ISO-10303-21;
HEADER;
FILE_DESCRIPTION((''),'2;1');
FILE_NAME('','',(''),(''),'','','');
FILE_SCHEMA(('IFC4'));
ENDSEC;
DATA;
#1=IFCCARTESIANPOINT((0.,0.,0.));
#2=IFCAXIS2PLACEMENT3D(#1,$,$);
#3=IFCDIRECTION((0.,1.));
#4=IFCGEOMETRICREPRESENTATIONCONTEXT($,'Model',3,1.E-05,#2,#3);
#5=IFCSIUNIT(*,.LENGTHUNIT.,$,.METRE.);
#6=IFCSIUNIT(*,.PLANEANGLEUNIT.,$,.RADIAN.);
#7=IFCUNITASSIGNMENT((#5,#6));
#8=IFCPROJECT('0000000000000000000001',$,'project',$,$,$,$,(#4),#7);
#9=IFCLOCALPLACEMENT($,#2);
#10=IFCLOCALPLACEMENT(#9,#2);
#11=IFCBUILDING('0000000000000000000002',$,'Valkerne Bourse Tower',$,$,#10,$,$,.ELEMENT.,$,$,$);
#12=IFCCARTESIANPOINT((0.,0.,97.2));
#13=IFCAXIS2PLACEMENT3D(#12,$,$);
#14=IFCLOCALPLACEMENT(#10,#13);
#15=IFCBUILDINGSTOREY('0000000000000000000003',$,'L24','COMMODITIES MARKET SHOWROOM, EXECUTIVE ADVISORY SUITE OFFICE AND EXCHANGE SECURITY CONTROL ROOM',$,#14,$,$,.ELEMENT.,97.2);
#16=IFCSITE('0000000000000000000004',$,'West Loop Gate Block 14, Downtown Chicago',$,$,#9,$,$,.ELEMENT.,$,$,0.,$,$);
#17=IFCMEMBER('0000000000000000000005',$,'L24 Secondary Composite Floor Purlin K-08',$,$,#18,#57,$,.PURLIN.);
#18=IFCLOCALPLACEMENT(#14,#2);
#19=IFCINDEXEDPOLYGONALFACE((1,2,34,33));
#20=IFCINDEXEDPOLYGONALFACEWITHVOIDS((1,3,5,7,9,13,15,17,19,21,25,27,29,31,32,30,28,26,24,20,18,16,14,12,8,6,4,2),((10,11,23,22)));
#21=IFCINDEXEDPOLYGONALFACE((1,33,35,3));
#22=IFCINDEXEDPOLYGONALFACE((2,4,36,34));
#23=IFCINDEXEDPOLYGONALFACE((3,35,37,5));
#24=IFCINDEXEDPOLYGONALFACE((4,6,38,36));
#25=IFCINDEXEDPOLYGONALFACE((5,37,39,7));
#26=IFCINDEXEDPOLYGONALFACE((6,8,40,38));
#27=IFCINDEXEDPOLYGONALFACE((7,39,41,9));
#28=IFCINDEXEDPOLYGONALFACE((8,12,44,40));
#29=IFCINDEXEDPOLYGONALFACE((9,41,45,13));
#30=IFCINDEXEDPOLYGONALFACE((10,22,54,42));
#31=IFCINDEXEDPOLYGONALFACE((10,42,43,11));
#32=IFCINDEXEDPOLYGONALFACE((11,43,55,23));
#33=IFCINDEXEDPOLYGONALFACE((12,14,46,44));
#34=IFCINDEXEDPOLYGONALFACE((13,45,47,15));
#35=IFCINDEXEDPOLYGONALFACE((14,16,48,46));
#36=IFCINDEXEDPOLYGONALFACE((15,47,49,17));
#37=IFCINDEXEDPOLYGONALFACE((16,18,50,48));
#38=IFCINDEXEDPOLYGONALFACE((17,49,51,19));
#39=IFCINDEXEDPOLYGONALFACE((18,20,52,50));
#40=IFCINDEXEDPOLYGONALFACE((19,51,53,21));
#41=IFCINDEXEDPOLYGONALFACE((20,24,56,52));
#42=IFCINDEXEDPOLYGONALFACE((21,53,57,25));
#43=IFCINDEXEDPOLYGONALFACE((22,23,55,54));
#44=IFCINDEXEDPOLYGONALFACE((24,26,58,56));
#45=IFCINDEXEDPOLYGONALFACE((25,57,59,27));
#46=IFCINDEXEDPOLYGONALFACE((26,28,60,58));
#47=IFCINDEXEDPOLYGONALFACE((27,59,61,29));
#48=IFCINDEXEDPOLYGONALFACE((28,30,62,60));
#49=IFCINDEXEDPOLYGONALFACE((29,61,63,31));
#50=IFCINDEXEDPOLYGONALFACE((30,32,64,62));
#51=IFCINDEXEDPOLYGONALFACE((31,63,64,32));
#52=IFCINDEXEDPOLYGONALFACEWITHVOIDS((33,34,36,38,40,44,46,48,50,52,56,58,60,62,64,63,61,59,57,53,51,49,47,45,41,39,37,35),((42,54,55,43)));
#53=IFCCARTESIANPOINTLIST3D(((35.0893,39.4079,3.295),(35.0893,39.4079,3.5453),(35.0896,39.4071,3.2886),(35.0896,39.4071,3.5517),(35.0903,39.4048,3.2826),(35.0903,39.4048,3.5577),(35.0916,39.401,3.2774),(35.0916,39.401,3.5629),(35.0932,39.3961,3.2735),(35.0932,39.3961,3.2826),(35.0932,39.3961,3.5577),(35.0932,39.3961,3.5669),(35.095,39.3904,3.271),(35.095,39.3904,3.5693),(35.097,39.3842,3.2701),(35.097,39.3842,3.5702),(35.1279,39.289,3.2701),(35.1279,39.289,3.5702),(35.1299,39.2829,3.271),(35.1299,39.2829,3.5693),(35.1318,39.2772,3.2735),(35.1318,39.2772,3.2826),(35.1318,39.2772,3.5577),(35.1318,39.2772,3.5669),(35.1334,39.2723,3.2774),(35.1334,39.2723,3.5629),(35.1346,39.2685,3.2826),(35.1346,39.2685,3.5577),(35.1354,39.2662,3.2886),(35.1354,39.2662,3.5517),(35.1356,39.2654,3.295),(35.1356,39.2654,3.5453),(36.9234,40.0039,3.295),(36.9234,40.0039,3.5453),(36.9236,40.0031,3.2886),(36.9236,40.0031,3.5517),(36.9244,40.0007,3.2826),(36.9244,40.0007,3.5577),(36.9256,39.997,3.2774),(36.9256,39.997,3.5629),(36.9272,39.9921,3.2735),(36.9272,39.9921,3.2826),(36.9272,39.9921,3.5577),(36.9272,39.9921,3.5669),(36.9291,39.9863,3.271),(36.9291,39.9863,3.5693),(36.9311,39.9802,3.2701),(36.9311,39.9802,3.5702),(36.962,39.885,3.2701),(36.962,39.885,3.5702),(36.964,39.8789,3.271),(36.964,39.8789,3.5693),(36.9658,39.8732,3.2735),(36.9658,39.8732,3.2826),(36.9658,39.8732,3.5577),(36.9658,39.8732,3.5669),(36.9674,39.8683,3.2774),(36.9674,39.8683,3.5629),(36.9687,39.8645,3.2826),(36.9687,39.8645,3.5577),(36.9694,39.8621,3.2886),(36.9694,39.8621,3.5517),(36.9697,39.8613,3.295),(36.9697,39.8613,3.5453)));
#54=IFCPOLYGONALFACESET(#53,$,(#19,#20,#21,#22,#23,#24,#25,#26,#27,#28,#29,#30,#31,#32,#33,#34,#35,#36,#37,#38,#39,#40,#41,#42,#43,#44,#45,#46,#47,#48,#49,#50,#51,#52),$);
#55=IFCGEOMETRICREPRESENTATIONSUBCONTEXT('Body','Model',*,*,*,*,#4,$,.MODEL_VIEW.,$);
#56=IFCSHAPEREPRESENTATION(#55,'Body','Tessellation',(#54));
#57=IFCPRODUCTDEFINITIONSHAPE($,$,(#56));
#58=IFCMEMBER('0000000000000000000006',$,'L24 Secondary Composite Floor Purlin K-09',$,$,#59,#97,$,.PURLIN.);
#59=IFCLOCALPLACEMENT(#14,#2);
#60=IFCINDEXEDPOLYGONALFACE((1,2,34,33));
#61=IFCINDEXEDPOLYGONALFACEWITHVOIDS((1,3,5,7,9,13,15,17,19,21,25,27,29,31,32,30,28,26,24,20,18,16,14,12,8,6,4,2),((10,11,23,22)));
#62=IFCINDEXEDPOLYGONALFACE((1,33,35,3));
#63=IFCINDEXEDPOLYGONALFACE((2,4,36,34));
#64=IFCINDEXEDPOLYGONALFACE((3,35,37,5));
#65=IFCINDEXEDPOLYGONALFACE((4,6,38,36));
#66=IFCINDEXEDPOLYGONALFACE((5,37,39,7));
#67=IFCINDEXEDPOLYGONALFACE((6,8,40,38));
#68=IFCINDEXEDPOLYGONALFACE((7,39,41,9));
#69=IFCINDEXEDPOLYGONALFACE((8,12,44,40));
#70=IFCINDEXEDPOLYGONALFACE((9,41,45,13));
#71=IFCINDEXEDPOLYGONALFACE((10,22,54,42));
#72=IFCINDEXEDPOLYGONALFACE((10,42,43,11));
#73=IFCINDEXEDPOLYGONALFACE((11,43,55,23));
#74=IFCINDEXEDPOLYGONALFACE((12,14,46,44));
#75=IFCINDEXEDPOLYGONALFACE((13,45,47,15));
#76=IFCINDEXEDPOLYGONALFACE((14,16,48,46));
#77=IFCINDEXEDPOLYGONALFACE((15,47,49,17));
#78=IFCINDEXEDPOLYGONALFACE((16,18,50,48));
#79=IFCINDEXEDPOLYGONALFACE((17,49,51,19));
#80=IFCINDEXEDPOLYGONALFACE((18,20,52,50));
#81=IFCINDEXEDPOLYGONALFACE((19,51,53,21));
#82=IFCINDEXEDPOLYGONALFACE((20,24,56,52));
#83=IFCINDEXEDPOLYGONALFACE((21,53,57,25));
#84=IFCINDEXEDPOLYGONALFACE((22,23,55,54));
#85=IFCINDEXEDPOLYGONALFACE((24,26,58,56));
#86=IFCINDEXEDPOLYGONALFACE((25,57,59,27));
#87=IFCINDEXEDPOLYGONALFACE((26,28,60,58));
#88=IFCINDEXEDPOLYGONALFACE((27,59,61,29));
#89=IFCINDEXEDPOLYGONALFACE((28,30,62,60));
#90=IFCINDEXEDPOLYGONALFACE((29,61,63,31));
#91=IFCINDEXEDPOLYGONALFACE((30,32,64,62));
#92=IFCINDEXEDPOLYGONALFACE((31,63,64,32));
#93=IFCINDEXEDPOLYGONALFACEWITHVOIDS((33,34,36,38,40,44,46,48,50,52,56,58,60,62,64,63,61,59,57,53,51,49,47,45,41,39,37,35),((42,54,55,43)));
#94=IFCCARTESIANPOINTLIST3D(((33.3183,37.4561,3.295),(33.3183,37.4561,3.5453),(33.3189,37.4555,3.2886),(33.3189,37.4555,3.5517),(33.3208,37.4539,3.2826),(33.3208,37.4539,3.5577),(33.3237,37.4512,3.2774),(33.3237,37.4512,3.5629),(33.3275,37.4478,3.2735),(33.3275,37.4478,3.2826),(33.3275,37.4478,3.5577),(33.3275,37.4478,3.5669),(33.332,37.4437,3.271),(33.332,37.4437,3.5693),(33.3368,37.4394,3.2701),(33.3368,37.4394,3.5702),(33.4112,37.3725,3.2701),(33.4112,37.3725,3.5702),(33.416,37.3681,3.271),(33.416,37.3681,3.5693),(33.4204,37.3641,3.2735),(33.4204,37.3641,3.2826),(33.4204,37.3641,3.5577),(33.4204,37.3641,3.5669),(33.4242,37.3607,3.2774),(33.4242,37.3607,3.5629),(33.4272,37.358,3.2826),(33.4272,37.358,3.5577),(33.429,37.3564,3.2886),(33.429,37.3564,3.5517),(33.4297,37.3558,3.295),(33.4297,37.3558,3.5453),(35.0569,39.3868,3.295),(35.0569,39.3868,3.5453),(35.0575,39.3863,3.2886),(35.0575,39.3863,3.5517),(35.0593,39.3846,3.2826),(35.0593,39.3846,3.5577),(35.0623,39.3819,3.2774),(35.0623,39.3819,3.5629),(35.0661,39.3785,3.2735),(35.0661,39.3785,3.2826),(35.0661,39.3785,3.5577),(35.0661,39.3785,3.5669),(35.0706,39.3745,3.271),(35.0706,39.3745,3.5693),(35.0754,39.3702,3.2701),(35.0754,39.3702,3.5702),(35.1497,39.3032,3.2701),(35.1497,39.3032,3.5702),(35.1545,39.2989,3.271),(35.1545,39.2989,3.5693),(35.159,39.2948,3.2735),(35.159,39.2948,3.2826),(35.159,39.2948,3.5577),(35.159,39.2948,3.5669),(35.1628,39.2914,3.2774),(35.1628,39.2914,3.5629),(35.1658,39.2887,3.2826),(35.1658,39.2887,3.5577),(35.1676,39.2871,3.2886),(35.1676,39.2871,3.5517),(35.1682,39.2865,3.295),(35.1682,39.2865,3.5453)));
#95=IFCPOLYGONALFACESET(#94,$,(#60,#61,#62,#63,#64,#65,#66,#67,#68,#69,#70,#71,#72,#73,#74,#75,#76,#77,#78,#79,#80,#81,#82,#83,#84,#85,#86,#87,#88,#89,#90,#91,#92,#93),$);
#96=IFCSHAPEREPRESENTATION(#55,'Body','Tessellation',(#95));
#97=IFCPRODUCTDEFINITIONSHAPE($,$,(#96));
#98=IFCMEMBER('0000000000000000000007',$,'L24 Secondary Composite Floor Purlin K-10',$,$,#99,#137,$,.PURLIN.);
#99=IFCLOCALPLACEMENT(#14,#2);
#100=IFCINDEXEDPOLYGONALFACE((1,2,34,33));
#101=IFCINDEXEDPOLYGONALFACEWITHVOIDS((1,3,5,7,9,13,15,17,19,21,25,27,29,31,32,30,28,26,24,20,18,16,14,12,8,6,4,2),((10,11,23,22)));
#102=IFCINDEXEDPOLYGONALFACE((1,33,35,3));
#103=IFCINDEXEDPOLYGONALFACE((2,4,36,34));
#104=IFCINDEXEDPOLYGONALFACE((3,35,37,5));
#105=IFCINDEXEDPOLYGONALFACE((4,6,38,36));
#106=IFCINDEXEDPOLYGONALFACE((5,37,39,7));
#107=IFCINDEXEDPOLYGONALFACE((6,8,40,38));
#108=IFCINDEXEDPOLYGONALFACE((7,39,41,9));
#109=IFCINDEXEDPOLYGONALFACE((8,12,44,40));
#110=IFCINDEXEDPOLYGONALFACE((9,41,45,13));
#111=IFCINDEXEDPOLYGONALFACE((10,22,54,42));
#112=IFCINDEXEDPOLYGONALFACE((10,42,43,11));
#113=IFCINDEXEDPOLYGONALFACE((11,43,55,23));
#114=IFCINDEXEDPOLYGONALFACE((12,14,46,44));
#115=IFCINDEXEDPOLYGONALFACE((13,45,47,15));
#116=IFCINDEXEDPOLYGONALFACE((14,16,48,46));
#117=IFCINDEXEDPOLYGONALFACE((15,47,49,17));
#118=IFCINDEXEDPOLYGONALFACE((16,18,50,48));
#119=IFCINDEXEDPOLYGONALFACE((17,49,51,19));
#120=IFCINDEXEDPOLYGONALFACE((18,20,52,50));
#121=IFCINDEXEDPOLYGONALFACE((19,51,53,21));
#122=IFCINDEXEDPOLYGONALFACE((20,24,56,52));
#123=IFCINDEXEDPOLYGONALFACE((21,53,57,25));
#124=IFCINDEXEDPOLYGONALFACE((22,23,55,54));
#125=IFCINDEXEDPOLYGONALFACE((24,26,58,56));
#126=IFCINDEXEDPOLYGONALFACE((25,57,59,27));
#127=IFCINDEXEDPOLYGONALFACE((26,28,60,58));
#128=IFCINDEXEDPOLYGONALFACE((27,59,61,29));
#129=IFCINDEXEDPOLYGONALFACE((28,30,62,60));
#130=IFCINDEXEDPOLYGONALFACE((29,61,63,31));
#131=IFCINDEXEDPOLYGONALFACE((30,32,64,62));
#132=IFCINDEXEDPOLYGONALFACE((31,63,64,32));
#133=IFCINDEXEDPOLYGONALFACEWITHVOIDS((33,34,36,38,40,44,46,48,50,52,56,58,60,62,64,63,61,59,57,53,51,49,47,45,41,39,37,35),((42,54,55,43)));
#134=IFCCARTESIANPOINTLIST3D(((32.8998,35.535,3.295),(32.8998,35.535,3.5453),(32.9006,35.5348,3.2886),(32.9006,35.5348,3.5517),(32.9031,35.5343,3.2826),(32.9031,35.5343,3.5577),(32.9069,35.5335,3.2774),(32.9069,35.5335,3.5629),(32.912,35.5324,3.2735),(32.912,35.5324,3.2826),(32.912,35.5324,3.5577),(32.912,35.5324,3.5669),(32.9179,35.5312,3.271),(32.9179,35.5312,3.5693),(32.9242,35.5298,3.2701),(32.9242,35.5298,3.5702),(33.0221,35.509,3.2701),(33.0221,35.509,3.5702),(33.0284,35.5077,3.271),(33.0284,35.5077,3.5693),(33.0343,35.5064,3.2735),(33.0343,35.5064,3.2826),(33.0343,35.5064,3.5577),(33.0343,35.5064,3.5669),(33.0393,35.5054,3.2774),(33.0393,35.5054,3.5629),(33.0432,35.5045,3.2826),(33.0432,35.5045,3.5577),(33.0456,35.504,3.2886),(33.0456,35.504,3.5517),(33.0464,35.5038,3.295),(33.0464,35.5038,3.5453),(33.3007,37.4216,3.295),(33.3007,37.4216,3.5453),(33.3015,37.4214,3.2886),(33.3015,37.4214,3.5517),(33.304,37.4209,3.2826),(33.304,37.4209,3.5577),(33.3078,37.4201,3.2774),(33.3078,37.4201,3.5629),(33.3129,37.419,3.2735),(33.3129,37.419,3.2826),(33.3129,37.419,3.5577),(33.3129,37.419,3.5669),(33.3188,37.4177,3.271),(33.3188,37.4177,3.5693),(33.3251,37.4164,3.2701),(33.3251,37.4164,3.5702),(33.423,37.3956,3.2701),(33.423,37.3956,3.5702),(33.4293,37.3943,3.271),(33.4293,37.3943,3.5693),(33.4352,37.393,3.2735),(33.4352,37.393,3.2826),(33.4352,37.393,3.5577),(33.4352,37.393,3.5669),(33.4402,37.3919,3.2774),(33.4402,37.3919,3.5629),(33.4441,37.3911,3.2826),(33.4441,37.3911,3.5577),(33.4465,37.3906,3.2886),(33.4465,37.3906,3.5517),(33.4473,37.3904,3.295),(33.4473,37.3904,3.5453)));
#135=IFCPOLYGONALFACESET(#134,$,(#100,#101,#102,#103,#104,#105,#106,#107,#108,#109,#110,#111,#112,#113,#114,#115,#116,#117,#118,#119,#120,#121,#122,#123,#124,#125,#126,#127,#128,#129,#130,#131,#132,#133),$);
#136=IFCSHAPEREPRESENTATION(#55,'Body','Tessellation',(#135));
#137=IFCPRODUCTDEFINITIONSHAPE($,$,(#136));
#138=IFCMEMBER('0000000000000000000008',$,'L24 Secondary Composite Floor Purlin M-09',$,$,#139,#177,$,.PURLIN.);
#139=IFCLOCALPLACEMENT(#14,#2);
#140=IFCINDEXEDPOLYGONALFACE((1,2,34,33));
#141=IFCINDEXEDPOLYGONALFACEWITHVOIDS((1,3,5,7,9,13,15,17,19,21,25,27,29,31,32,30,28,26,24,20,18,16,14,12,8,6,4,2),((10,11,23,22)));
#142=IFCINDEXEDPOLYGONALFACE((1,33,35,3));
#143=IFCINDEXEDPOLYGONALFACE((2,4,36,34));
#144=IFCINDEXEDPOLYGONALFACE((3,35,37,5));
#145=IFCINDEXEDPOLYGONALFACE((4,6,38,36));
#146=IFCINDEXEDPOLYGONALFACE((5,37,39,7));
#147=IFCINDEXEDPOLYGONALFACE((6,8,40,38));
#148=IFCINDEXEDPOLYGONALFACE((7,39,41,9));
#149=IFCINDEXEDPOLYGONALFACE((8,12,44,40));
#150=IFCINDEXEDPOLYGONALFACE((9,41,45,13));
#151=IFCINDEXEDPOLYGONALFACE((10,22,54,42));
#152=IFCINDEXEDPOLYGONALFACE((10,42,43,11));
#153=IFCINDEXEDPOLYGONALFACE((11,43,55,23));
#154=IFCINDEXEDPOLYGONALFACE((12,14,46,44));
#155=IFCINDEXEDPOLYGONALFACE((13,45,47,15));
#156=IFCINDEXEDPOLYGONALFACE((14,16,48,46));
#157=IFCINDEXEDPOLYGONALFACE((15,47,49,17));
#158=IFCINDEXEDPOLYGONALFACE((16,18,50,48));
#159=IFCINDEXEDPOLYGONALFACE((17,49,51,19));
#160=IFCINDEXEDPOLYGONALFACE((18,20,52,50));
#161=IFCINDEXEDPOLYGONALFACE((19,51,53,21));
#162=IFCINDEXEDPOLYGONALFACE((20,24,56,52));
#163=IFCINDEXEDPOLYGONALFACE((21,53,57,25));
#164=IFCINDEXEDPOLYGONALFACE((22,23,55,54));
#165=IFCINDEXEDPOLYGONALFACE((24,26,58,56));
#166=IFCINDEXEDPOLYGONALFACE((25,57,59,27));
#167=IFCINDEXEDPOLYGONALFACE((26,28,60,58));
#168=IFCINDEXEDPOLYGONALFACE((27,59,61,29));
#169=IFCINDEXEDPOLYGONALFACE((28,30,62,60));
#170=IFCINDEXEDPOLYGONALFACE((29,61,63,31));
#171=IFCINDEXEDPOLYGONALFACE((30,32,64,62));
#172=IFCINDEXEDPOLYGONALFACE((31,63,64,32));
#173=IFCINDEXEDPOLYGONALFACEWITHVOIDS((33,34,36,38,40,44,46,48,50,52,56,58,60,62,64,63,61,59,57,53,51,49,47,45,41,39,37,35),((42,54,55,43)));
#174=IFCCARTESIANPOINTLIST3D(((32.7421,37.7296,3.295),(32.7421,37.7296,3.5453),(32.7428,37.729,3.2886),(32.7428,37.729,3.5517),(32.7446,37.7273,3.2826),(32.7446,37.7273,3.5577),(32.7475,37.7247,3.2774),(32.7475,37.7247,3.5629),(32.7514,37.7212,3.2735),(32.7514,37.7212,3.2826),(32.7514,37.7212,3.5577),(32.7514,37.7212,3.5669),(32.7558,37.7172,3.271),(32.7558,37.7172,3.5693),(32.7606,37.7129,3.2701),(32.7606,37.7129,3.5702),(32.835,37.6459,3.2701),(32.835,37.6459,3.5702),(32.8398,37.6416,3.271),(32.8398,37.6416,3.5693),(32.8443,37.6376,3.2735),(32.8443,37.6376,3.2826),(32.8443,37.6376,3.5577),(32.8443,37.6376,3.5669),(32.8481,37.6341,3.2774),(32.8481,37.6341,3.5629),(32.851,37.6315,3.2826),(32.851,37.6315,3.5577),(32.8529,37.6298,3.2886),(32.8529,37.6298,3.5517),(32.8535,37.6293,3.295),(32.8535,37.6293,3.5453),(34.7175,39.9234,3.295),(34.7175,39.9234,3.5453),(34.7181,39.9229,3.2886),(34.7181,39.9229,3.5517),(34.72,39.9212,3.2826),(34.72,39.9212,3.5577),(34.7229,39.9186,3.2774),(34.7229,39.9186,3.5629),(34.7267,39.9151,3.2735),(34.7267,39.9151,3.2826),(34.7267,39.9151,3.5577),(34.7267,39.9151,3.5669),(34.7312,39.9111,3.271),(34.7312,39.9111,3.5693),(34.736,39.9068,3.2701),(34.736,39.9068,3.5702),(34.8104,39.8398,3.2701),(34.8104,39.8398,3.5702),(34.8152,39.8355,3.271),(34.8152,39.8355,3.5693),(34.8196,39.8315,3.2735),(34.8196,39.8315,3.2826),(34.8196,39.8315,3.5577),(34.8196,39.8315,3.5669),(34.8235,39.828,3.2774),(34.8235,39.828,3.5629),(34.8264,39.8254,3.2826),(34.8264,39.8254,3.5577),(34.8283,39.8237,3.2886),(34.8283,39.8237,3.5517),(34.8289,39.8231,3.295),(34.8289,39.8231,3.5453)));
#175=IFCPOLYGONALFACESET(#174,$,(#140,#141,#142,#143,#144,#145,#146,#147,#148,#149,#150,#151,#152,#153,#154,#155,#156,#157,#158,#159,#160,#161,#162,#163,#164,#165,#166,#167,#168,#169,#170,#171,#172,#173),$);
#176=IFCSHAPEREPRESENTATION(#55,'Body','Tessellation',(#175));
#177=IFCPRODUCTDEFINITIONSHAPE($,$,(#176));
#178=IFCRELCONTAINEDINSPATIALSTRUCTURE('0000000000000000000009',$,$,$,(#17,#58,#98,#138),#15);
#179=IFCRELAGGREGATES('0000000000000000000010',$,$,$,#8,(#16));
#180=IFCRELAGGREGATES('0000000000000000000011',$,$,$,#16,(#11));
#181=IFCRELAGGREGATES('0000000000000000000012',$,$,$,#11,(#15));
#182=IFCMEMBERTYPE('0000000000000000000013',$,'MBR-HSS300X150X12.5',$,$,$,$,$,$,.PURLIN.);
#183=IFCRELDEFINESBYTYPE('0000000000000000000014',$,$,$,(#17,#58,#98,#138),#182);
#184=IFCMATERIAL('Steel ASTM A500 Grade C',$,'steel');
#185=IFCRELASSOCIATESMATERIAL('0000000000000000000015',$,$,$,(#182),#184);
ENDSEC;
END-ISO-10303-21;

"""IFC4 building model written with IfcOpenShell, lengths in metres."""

from ifc_helpers import new_model, si_unit, direction, frame, origin, origin_2d, place, context, subcontext, project, spatial, hollow_rectangle, extrude, material, material_profile, profile_set, type_object, element, save


model = new_model("IFC4")

# Units and contexts
model_context = context("Model", 3, precision=1e-05, world=origin(), true_north=direction((0.0, 1.0)))
body_context = subcontext(model_context, "Body", "Model", "MODEL_VIEW")
ifc_project = project(units=[si_unit("LENGTHUNIT", "METRE"), si_unit("PLANEANGLEUNIT", "RADIAN")], contexts=[model_context])

# Site, building, storey
site_placement = place(None, origin())
site = spatial("IfcSite", under=ifc_project, at=site_placement, Name="West Loop Gate Block 14, Downtown Chicago", CompositionType="ELEMENT", RefElevation=0.0)
building_placement = place(site_placement, origin())
building = spatial("IfcBuilding", under=site, at=building_placement, Name="Valkerne Bourse Tower", CompositionType="ELEMENT")
storey_placement = place(building_placement, frame((0.0, 0.0, 97.2)))
storey = spatial("IfcBuildingStorey", under=building, at=storey_placement, Name="L24", Description="COMMODITIES MARKET SHOWROOM, EXECUTIVE ADVISORY SUITE OFFICE AND EXCHANGE SECURITY CONTROL ROOM", CompositionType="ELEMENT", Elevation=97.2)

# Members
ifc_material_1 = material(Name="Steel ASTM A500 Grade C", Category="steel")
ifc_material_profile_1 = material_profile(ifc_material_1, hollow_rectangle(XDim=0.1499, YDim=0.3, WallThickness=0.0125, OuterFilletRadius=0.0249, at=origin_2d()), Name="HSS300X150X12.5")
ifc_profile_set_1 = profile_set([ifc_material_profile_1], Name="Steel ASTM A500 Grade C")
member_type_1 = type_object("IfcMemberType", Name="MBR-HSS300X150X12.5", PredefinedType="PURLIN", material=ifc_profile_set_1)
member_1_placement = place(storey_placement, frame((36.9465, 39.9326, 3.4202), z_axis=(-0.951049, -0.30904, 0.0), x_axis=(0.30904, -0.951049, 0.0)))
element("IfcMember", 1, at=member_1_placement, inside=storey, type_object=member_type_1, Name="L24 Secondary Composite Floor Purlin K-08", PredefinedType="PURLIN", context=body_context, shape_type="SweptSolid", body=[
    extrude(hollow_rectangle(XDim=0.1499, YDim=0.3, WallThickness=0.0125, OuterFilletRadius=0.0249, at=origin_2d()), origin(), (0.0, 0.0, 1.0), 1.9285),
])
member_2_placement = place(storey_placement, frame((35.1125, 39.3367, 3.4202), z_axis=(-0.669162, -0.743117, 0.0), x_axis=(0.743117, -0.669162, 0.0)))
element("IfcMember", 2, at=member_2_placement, inside=storey, type_object=member_type_1, Name="L24 Secondary Composite Floor Purlin K-09", PredefinedType="PURLIN", context=body_context, shape_type="SweptSolid", body=[
    extrude(hollow_rectangle(XDim=0.1499, YDim=0.3, WallThickness=0.0125, OuterFilletRadius=0.0249, at=origin_2d()), origin(), (0.0, 0.0, 1.0), 2.5981),
])
member_3_placement = place(storey_placement, frame((33.374, 37.406, 3.4202), z_axis=(-0.20786, -0.978159, 0.0), x_axis=(0.978159, -0.20786, 0.0)))
element("IfcMember", 3, at=member_3_placement, inside=storey, type_object=member_type_1, Name="L24 Secondary Composite Floor Purlin K-10", PredefinedType="PURLIN", context=body_context, shape_type="SweptSolid", body=[
    extrude(hollow_rectangle(XDim=0.1499, YDim=0.3, WallThickness=0.0125, OuterFilletRadius=0.0249, at=origin_2d()), origin(), (0.0, 0.0, 1.0), 1.9287),
])
member_4_placement = place(storey_placement, frame((34.7732, 39.8733, 3.4202), z_axis=(-0.669129, -0.743146, 0.0), x_axis=(0.743146, -0.669129, 0.0)))
element("IfcMember", 4, at=member_4_placement, inside=storey, type_object=member_type_1, Name="L24 Secondary Composite Floor Purlin M-09", PredefinedType="PURLIN", context=body_context, shape_type="SweptSolid", body=[
    extrude(hollow_rectangle(XDim=0.1499, YDim=0.3, WallThickness=0.0125, OuterFilletRadius=0.0249, at=origin_2d()), origin(), (0.0, 0.0, 1.0), 2.9521),
])

save(model, "model.ifc")
